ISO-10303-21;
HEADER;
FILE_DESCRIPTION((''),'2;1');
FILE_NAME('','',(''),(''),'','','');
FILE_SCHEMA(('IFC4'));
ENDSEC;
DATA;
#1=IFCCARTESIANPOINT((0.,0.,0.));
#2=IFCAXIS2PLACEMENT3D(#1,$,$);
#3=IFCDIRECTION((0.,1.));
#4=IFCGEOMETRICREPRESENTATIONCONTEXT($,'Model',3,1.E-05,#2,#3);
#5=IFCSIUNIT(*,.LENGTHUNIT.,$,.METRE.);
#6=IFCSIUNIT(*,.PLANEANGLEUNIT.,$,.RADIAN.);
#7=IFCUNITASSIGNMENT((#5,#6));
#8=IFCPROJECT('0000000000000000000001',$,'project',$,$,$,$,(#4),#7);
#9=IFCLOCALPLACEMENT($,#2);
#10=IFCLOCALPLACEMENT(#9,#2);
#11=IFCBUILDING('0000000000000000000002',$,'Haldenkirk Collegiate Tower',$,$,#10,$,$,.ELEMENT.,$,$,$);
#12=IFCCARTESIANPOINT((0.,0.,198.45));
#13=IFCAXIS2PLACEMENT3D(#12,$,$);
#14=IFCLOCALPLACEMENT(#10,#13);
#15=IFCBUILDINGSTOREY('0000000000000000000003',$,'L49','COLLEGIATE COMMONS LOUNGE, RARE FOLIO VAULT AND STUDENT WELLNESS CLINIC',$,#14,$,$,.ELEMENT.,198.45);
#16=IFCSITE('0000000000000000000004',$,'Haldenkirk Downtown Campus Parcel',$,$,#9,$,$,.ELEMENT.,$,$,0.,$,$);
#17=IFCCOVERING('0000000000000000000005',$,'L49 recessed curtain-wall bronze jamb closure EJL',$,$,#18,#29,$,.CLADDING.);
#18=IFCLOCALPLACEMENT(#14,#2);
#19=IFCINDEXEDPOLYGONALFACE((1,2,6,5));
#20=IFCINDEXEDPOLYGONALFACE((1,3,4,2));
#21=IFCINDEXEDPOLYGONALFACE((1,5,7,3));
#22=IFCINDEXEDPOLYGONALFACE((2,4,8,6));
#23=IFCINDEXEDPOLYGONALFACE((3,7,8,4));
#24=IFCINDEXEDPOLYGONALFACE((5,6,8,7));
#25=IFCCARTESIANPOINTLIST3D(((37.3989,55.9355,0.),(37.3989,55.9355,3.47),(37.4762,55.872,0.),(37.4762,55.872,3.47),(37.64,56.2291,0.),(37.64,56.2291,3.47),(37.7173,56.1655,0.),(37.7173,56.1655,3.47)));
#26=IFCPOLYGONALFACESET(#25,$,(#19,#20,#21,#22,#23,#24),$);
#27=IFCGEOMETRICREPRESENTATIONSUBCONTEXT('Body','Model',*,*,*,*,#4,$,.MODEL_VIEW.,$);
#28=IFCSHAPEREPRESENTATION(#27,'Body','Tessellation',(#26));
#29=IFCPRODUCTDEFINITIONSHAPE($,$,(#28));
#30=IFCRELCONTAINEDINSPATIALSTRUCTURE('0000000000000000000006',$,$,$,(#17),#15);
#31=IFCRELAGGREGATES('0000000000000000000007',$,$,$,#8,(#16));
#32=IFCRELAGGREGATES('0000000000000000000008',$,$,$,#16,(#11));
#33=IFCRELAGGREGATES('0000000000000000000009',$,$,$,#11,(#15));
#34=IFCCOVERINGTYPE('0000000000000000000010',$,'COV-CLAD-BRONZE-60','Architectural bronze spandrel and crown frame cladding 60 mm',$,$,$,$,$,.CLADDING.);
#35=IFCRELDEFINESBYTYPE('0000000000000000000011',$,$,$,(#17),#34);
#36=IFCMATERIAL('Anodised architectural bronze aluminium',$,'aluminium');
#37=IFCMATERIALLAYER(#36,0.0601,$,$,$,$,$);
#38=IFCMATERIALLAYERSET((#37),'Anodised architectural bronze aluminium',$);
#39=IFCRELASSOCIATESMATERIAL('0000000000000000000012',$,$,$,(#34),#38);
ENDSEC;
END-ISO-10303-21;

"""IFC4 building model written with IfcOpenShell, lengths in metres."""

from ifc_helpers import new_model, si_unit, direction, frame, origin, origin_2d, place, context, subcontext, project, spatial, rectangle, extrude, source, transform, mapped, material, layer, layer_set, type_object, element, save


model = new_model("IFC4")

# Units and contexts
model_context = context("Model", 3, precision=1e-05, world=origin(), true_north=direction((0.0, 1.0)))
body_context = subcontext(model_context, "Body", "Model", "MODEL_VIEW")
ifc_project = project(units=[si_unit("LENGTHUNIT", "METRE"), si_unit("PLANEANGLEUNIT", "RADIAN")], contexts=[model_context])

# Site, building, storey
site_placement = place(None, origin())
site = spatial("IfcSite", under=ifc_project, at=site_placement, Name="Haldenkirk Downtown Campus Parcel", CompositionType="ELEMENT", RefElevation=0.0)
building_placement = place(site_placement, origin())
building = spatial("IfcBuilding", under=site, at=building_placement, Name="Haldenkirk Collegiate Tower", CompositionType="ELEMENT")
storey_placement = place(building_placement, frame((0.0, 0.0, 198.45)))
storey = spatial("IfcBuildingStorey", under=building, at=storey_placement, Name="L49", Description="COLLEGIATE COMMONS LOUNGE, RARE FOLIO VAULT AND STUDENT WELLNESS CLINIC", CompositionType="ELEMENT", Elevation=198.45)

# Shared definitions
ifc_material_1 = material(Name="Anodised architectural bronze aluminium", Category="aluminium")

# Covering
ifc_layer_1 = layer(ifc_material_1, 0.0601)
ifc_layer_set_1 = layer_set([ifc_layer_1], Name="Anodised architectural bronze aluminium")
covering_type = type_object("IfcCoveringType", Name="COV-CLAD-BRONZE-60", Description="Architectural bronze spandrel and crown frame cladding 60 mm", PredefinedType="CLADDING", material=ifc_layer_set_1)
shared_shape_1 = source(origin(), body_context, "Body", "SweptSolid", [
    extrude(rectangle(XDim=0.1001, YDim=0.3799, at=origin_2d()), origin(), (0.0, 0.0, 1.0), 3.47),
])
covering_placement = place(storey_placement, frame((37.5581, 56.0505, 0.0), z_axis=(0.0, 0.0, 1.0), x_axis=(0.772734, -0.634731, 0.0)))
element("IfcCovering", 1, at=covering_placement, inside=storey, type_object=covering_type, Name="L49 recessed curtain-wall bronze jamb closure EJL", PredefinedType="CLADDING", context=body_context, shape_type="MappedRepresentation", body=[
    mapped(shared_shape_1, transform((0.0, 0.0, 0.0), x_axis=(1.0, 0.0, 0.0), y_axis=(0.0, 1.0, 0.0), z_axis=(0.0, 0.0, 1.0), scale=1.0)),
])

save(model, "model.ifc")
